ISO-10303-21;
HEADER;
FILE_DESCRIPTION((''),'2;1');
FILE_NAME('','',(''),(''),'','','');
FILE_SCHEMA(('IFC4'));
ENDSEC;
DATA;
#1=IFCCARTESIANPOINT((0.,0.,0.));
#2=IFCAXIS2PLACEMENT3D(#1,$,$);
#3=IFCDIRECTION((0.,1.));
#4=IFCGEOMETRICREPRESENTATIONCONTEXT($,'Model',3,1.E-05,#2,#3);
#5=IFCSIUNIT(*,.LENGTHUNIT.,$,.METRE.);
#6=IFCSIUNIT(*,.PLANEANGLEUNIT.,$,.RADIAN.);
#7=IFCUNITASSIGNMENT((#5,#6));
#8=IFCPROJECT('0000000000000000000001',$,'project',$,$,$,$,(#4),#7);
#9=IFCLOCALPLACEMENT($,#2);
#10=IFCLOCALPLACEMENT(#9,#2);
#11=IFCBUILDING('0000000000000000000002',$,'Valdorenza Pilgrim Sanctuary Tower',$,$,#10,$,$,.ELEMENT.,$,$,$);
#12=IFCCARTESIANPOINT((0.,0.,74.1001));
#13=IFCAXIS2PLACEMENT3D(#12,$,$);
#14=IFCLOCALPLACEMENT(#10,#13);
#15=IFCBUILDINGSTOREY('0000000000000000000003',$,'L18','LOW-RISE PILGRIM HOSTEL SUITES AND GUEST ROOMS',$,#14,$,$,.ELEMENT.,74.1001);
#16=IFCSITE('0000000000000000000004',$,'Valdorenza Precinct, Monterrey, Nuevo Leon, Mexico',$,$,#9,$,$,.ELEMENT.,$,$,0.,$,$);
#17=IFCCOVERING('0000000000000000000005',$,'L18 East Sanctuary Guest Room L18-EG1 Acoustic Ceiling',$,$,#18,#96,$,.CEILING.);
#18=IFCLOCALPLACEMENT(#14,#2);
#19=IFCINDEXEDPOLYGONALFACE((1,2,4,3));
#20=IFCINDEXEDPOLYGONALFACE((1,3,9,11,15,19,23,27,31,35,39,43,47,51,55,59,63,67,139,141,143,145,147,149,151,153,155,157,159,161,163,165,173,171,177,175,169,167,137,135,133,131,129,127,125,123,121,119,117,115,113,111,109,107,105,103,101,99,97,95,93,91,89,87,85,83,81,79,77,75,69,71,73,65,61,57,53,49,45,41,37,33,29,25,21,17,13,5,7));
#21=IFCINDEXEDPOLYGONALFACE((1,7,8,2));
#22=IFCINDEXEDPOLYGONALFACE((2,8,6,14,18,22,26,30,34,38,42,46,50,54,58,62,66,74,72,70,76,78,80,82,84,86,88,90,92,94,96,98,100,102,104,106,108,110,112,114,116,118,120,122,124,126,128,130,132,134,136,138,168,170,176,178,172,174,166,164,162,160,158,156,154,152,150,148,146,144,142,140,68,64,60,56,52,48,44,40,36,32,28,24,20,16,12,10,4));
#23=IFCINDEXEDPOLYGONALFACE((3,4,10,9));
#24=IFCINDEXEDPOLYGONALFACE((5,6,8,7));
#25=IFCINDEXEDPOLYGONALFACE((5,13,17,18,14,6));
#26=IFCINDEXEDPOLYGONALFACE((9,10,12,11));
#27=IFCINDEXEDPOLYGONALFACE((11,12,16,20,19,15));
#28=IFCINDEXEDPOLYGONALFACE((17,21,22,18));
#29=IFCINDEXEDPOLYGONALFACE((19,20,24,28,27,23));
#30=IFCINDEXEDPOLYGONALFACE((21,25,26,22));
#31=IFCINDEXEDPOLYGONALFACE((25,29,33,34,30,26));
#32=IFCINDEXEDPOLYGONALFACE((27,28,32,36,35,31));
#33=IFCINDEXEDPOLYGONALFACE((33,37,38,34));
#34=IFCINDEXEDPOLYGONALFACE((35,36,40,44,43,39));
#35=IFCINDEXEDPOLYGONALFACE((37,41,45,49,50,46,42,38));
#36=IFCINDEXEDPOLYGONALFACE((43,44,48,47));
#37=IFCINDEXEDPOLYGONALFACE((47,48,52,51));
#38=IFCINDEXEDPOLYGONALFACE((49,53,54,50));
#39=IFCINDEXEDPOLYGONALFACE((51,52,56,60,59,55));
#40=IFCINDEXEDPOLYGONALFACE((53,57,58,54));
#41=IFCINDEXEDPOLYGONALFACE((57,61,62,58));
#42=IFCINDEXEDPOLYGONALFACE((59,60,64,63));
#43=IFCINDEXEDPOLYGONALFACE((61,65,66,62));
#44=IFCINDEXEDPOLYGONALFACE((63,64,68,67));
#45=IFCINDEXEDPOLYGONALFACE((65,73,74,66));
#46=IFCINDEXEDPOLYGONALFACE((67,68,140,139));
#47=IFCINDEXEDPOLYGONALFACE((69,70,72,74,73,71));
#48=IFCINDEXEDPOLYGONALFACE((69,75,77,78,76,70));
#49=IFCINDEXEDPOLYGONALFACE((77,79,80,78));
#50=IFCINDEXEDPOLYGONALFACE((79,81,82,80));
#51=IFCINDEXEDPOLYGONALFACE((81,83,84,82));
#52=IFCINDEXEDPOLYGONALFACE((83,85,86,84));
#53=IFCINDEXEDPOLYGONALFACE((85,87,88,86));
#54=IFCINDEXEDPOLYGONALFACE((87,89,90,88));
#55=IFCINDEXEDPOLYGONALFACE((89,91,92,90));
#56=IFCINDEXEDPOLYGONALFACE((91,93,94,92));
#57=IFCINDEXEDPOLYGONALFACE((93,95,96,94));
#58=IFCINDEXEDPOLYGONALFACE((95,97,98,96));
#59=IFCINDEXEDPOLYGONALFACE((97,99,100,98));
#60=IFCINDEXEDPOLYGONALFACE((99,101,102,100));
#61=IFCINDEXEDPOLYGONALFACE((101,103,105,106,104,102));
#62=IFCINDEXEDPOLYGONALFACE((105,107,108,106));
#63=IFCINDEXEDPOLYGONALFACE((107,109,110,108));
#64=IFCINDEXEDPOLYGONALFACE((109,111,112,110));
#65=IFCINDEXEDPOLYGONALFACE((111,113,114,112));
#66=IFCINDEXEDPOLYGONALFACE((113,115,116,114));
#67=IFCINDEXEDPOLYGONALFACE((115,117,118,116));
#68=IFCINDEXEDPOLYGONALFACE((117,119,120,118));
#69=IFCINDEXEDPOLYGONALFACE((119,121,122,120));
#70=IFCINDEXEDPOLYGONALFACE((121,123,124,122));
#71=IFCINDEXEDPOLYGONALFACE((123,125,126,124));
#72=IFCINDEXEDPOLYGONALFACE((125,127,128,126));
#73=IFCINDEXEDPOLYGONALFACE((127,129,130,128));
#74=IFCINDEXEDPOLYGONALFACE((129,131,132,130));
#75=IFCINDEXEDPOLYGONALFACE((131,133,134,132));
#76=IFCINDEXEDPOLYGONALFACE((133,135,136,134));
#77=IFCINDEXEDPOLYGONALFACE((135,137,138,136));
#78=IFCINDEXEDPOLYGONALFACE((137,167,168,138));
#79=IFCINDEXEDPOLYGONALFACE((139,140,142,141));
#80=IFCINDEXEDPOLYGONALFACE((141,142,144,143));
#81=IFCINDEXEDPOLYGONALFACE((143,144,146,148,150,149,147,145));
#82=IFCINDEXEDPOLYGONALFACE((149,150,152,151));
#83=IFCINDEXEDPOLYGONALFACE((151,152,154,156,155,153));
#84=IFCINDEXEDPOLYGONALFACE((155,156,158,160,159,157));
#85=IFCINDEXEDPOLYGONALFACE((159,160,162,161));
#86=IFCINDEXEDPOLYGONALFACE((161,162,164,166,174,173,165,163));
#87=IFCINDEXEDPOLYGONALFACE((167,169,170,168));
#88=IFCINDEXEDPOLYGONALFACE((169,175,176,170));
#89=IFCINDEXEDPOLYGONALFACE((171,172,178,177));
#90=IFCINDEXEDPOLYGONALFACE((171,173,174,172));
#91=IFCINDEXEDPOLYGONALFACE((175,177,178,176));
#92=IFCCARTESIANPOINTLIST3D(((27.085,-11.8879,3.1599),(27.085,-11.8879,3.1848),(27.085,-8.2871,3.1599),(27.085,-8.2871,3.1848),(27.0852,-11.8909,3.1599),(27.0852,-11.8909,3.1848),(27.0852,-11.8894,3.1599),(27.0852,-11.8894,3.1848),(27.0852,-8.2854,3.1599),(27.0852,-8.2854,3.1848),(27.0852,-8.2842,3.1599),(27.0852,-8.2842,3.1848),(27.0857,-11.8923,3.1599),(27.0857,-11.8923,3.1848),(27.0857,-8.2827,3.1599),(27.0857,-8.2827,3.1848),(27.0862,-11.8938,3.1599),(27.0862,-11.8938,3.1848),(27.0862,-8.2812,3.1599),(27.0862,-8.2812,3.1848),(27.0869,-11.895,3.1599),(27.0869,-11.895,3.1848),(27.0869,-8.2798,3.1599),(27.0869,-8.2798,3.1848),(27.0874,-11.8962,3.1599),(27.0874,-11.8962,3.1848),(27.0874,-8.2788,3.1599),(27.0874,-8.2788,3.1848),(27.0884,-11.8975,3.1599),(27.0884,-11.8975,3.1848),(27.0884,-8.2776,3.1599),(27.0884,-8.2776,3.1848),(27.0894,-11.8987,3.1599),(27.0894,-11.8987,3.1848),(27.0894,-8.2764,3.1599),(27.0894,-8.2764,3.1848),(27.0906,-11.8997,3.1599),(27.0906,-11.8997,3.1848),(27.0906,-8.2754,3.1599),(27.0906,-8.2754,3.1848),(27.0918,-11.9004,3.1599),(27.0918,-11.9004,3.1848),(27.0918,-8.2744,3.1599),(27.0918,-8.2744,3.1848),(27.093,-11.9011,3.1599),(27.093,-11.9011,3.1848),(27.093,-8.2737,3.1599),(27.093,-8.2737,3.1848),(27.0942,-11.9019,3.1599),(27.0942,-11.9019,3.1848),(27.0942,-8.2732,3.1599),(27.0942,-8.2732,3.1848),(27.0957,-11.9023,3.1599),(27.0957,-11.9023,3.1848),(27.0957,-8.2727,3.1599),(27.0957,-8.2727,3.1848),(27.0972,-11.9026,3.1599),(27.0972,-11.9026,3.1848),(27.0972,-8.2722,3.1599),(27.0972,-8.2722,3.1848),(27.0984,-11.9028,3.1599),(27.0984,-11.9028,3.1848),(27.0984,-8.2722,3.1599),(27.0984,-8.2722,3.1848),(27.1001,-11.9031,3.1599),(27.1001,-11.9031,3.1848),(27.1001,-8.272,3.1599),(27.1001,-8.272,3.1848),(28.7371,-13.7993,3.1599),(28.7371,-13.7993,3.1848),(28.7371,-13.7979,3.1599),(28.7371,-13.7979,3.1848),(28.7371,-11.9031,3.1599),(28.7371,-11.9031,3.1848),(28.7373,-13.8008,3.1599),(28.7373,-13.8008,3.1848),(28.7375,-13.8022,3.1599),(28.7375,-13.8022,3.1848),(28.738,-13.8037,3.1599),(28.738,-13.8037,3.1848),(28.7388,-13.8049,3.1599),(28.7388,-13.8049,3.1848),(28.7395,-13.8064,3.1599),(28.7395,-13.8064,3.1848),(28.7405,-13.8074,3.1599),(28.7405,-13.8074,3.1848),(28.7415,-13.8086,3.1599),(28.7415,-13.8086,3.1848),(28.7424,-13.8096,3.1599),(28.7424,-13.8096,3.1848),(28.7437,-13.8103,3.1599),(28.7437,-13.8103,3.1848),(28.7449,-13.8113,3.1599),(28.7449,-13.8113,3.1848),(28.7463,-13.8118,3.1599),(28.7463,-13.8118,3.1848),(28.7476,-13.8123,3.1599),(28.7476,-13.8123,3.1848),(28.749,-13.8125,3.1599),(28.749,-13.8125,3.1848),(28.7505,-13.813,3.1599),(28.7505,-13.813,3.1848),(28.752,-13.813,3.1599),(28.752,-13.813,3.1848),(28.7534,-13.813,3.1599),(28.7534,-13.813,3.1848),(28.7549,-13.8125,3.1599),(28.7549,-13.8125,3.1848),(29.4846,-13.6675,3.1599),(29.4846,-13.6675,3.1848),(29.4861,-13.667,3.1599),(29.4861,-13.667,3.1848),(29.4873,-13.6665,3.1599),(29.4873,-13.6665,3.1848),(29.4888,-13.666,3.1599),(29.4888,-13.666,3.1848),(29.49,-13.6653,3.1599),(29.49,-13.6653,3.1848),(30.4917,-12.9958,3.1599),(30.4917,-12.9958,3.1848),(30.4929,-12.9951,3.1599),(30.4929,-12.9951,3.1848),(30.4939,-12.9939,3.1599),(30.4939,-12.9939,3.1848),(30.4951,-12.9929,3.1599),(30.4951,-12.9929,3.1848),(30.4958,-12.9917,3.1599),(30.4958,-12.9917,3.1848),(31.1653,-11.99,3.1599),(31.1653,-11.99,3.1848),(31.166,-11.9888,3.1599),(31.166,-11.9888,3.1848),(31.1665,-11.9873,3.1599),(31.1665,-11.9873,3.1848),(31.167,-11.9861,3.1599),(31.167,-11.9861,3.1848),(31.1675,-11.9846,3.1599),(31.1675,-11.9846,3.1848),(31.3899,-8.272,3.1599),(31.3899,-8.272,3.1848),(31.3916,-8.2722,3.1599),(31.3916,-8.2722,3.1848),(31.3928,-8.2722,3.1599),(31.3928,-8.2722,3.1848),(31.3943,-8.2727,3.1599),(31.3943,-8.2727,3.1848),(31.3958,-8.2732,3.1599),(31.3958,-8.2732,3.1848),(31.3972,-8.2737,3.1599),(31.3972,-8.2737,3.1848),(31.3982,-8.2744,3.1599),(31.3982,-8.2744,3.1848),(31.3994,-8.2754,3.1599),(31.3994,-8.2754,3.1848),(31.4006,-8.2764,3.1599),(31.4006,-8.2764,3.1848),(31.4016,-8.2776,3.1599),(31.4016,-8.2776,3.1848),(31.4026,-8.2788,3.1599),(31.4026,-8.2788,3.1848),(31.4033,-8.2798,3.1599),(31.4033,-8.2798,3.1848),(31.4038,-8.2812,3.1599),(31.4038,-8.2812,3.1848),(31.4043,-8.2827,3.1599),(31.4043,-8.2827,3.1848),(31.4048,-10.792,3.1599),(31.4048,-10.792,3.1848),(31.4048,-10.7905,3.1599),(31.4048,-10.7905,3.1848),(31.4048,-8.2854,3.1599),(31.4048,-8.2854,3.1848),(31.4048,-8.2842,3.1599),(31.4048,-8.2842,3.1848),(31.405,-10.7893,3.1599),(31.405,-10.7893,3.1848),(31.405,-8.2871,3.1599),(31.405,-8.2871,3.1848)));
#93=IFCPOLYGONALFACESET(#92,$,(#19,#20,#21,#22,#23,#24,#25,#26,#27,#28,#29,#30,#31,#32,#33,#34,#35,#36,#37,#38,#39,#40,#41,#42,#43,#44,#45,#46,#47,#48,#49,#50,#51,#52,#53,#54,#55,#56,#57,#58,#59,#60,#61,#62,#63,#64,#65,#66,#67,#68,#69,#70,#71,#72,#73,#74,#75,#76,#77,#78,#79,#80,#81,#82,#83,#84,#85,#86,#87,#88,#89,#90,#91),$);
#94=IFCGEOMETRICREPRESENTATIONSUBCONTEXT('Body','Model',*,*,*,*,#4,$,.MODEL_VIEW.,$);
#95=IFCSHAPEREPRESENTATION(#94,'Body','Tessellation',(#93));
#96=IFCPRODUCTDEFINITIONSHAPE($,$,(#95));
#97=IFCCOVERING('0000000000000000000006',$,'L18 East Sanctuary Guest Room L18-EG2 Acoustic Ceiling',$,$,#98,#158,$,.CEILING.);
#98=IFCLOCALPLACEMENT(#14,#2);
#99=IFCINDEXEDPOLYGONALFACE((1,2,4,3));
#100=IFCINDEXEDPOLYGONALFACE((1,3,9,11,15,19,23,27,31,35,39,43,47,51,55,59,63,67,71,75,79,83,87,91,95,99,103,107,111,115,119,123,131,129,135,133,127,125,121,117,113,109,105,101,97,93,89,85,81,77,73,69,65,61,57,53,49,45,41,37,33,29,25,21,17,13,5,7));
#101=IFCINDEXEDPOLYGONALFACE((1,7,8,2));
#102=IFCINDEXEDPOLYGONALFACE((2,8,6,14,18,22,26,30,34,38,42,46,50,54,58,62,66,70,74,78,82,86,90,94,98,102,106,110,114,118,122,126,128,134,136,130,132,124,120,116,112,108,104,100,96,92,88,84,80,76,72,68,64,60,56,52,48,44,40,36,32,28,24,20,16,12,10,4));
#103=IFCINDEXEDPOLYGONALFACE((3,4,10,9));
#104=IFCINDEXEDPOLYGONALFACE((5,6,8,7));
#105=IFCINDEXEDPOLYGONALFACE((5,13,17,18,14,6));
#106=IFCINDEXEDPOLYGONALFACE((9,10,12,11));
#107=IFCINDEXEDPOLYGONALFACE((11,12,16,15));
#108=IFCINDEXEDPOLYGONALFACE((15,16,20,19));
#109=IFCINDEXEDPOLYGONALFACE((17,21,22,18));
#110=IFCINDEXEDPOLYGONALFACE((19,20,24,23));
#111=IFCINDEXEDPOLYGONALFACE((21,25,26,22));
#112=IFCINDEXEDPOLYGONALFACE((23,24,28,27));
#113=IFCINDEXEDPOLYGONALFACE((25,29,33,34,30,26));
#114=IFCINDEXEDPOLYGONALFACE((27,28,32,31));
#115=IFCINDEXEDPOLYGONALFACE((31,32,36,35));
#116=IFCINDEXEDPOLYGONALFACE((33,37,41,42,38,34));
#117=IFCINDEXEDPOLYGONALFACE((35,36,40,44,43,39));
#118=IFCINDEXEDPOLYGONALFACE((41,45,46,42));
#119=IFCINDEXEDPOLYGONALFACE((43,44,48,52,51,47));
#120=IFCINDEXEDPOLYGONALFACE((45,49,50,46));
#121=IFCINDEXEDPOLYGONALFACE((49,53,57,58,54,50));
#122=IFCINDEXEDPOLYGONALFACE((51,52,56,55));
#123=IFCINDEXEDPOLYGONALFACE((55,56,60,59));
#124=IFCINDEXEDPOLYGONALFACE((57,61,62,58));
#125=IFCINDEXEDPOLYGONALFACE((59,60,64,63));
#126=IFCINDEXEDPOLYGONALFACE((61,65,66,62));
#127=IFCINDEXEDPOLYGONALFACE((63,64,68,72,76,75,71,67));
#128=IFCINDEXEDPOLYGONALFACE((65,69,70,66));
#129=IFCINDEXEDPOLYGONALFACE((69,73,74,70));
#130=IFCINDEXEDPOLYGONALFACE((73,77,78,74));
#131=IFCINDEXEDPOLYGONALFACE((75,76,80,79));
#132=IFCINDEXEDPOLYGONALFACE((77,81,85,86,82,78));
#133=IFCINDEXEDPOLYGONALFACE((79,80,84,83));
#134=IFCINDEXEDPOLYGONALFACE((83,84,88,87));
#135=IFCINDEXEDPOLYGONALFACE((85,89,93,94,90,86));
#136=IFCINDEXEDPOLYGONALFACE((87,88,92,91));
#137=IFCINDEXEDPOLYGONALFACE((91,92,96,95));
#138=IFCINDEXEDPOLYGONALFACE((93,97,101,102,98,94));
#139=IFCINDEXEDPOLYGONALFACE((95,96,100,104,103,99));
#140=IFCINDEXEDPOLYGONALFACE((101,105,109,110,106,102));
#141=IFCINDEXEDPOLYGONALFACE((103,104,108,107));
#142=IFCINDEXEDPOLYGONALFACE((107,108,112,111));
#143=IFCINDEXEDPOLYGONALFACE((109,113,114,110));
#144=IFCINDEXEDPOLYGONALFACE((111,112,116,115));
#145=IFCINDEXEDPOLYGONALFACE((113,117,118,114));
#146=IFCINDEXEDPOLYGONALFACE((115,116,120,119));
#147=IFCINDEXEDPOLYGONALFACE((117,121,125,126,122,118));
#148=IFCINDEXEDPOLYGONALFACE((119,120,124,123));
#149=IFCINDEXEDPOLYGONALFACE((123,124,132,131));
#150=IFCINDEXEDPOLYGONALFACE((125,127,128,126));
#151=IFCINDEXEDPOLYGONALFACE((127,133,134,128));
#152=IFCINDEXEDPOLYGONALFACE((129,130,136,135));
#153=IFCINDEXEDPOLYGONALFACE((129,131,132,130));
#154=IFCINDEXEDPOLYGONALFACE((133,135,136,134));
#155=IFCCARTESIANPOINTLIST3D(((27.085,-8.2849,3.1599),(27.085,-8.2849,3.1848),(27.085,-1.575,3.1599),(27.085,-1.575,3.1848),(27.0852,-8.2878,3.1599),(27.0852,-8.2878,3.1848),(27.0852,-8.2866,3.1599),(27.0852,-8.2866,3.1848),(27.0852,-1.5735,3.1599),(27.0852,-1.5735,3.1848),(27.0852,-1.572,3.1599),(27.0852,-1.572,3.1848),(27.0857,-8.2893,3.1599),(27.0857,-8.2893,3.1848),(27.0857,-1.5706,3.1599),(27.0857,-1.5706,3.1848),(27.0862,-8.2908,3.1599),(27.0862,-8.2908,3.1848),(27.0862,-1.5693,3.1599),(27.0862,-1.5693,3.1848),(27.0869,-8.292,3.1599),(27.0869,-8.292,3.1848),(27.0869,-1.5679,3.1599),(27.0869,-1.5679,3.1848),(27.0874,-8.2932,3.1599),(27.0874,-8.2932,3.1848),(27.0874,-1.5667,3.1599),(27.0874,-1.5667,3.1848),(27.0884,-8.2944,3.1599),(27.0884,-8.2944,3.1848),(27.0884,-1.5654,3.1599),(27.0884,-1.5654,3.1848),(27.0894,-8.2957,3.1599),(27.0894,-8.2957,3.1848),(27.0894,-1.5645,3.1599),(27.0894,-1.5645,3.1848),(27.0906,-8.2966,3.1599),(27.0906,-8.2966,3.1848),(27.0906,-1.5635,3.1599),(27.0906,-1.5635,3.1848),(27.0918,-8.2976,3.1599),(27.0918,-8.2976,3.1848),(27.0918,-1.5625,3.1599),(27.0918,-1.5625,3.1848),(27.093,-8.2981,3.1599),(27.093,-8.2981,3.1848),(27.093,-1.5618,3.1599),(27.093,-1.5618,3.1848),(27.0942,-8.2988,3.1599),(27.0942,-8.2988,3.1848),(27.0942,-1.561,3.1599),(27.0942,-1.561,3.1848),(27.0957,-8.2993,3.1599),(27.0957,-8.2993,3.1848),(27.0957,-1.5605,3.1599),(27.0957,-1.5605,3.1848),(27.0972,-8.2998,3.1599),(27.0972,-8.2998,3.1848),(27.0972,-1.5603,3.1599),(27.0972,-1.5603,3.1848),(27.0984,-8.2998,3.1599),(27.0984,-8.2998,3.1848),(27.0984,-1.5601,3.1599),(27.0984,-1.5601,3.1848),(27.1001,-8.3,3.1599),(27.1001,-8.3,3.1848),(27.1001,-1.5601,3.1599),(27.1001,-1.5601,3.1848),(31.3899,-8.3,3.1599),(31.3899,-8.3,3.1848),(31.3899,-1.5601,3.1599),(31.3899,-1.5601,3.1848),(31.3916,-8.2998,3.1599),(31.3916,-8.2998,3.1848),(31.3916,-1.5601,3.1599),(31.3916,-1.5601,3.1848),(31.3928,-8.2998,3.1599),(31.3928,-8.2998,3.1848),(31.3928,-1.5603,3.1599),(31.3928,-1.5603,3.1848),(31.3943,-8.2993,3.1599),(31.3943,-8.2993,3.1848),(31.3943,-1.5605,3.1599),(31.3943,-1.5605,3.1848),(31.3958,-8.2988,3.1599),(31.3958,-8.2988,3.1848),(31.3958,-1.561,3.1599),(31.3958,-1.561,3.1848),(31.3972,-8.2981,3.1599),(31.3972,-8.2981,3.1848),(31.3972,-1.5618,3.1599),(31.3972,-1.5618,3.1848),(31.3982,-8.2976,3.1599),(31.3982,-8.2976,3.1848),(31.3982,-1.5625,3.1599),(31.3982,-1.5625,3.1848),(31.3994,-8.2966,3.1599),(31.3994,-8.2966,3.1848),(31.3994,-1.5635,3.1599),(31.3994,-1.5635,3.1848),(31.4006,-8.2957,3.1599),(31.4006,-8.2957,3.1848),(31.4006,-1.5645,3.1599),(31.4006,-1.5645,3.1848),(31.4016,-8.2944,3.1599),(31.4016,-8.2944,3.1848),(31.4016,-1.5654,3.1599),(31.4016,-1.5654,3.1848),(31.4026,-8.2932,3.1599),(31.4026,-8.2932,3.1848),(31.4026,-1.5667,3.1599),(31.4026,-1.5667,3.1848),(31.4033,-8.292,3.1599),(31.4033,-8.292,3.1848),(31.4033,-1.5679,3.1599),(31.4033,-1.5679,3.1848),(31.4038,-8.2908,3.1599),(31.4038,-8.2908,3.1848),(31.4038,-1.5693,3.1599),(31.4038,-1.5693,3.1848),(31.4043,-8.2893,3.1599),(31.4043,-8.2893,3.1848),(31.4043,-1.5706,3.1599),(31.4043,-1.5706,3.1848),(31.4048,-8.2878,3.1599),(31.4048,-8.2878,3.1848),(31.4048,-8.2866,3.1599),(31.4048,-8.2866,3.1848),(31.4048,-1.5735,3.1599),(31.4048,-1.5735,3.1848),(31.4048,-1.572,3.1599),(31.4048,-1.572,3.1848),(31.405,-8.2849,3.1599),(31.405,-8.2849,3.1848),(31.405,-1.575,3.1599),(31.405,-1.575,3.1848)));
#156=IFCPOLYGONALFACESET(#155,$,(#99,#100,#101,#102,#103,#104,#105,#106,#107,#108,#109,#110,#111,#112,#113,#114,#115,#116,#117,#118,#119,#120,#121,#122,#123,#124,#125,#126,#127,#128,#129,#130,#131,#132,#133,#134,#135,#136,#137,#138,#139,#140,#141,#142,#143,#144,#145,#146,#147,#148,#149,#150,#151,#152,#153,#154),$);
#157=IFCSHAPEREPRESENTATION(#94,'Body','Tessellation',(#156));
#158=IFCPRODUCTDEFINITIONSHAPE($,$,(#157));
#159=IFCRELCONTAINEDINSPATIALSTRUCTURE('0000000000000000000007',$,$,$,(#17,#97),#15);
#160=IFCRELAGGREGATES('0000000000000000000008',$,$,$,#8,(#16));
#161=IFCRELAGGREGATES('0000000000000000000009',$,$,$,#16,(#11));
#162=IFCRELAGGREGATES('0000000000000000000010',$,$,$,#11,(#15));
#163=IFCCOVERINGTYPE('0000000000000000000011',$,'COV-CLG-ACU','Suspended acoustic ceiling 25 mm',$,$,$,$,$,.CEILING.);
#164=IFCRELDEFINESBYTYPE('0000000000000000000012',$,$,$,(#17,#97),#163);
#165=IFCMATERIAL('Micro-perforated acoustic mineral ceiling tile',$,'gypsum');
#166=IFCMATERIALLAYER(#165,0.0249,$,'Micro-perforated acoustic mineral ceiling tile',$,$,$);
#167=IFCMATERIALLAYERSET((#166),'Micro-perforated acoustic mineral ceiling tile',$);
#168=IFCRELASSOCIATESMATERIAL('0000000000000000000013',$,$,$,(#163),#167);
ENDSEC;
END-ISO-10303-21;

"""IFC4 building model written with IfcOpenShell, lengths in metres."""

from ifc_helpers import new_model, si_unit, direction, frame, origin, place, context, subcontext, project, spatial, polyline, outline, extrude, material, layer, layer_set, type_object, element, save


model = new_model("IFC4")

# Units and contexts
model_context = context("Model", 3, precision=1e-05, world=origin(), true_north=direction((0.0, 1.0)))
body_context = subcontext(model_context, "Body", "Model", "MODEL_VIEW")
ifc_project = project(units=[si_unit("LENGTHUNIT", "METRE"), si_unit("PLANEANGLEUNIT", "RADIAN")], contexts=[model_context])

# Site, building, storey
site_placement = place(None, origin())
site = spatial("IfcSite", under=ifc_project, at=site_placement, Name="Valdorenza Precinct, Monterrey, Nuevo Leon, Mexico", CompositionType="ELEMENT", RefElevation=0.0)
building_placement = place(site_placement, origin())
building = spatial("IfcBuilding", under=site, at=building_placement, Name="Valdorenza Pilgrim Sanctuary Tower", CompositionType="ELEMENT")
storey_placement = place(building_placement, frame((0.0, 0.0, 74.1001)))
storey = spatial("IfcBuildingStorey", under=building, at=storey_placement, Name="L18", Description="LOW-RISE PILGRIM HOSTEL SUITES AND GUEST ROOMS", CompositionType="ELEMENT", Elevation=74.1001)

# Coverings
ifc_material_1 = material(Name="Micro-perforated acoustic mineral ceiling tile", Category="gypsum")
ifc_layer_1 = layer(ifc_material_1, 0.0249, Name="Micro-perforated acoustic mineral ceiling tile")
ifc_layer_set_1 = layer_set([ifc_layer_1], Name="Micro-perforated acoustic mineral ceiling tile")
covering_type_1 = type_object("IfcCoveringType", Name="COV-CLG-ACU", Description="Suspended acoustic ceiling 25 mm", PredefinedType="CEILING", material=ifc_layer_set_1)
covering_1_placement = place(storey_placement, frame((0.0, 0.0, 3.1599)))
element("IfcCovering", 1, at=covering_1_placement, inside=storey, type_object=covering_type_1, Name="L18 East Sanctuary Guest Room L18-EG1 Acoustic Ceiling", PredefinedType="CEILING", context=body_context, shape_type="SweptSolid", body=[
    extrude(outline(polyline([(28.7371, -11.9031), (27.1001, -11.9031), (27.0984, -11.9028), (27.0972, -11.9026), (27.0957, -11.9023), (27.0942, -11.9019), (27.093, -11.9011), (27.0918, -11.9004), (27.0906, -11.8997), (27.0894, -11.8987), (27.0884, -11.8975), (27.0874, -11.8962), (27.0869, -11.895), (27.0862, -11.8938), (27.0857, -11.8923), (27.0852, -11.8909), (27.0852, -11.8894), (27.085, -11.8879), (27.085, -8.2871), (27.0852, -8.2854), (27.0852, -8.2842), (27.0857, -8.2827), (27.0862, -8.2812), (27.0869, -8.2798), (27.0874, -8.2788), (27.0884, -8.2776), (27.0894, -8.2764), (27.0906, -8.2754), (27.0918, -8.2744), (27.093, -8.2737), (27.0942, -8.2732), (27.0957, -8.2727), (27.0972, -8.2722), (27.0984, -8.2722), (27.1001, -8.272), (31.3899, -8.272), (31.3916, -8.2722), (31.3928, -8.2722), (31.3943, -8.2727), (31.3958, -8.2732), (31.3972, -8.2737), (31.3982, -8.2744), (31.3994, -8.2754), (31.4006, -8.2764), (31.4016, -8.2776), (31.4026, -8.2788), (31.4033, -8.2798), (31.4038, -8.2812), (31.4043, -8.2827), (31.4048, -8.2842), (31.4048, -8.2854), (31.405, -8.2871), (31.405, -10.7893), (31.4048, -10.7905), (31.4048, -10.792), (31.1675, -11.9846), (31.167, -11.9861), (31.1665, -11.9873), (31.166, -11.9888), (31.1653, -11.99), (30.4958, -12.9917), (30.4951, -12.9929), (30.4939, -12.9939), (30.4929, -12.9951), (30.4917, -12.9958), (29.49, -13.6653), (29.4888, -13.666), (29.4873, -13.6665), (29.4861, -13.667), (29.4846, -13.6675), (28.7549, -13.8125), (28.7534, -13.813), (28.752, -13.813), (28.7505, -13.813), (28.749, -13.8125), (28.7476, -13.8123), (28.7463, -13.8118), (28.7449, -13.8113), (28.7437, -13.8103), (28.7424, -13.8096), (28.7415, -13.8086), (28.7405, -13.8074), (28.7395, -13.8064), (28.7388, -13.8049), (28.738, -13.8037), (28.7375, -13.8022), (28.7373, -13.8008), (28.7371, -13.7993), (28.7371, -13.7979), (28.7371, -11.9031)])), origin(), (0.0, 0.0, 1.0), 0.0249),
])
covering_2_placement = place(storey_placement, frame((0.0, 0.0, 3.1599)))
element("IfcCovering", 2, at=covering_2_placement, inside=storey, type_object=covering_type_1, Name="L18 East Sanctuary Guest Room L18-EG2 Acoustic Ceiling", PredefinedType="CEILING", context=body_context, shape_type="SweptSolid", body=[
    extrude(outline(polyline([(31.3899, -1.5601), (31.3916, -1.5601), (31.3928, -1.5603), (31.3943, -1.5605), (31.3958, -1.561), (31.3972, -1.5618), (31.3982, -1.5625), (31.3994, -1.5635), (31.4006, -1.5645), (31.4016, -1.5654), (31.4026, -1.5667), (31.4033, -1.5679), (31.4038, -1.5693), (31.4043, -1.5706), (31.4048, -1.572), (31.4048, -1.5735), (31.405, -1.575), (31.405, -8.2849), (31.4048, -8.2866), (31.4048, -8.2878), (31.4043, -8.2893), (31.4038, -8.2908), (31.4033, -8.292), (31.4026, -8.2932), (31.4016, -8.2944), (31.4006, -8.2957), (31.3994, -8.2966), (31.3982, -8.2976), (31.3972, -8.2981), (31.3958, -8.2988), (31.3943, -8.2993), (31.3928, -8.2998), (31.3916, -8.2998), (31.3899, -8.3), (27.1001, -8.3), (27.0984, -8.2998), (27.0972, -8.2998), (27.0957, -8.2993), (27.0942, -8.2988), (27.093, -8.2981), (27.0918, -8.2976), (27.0906, -8.2966), (27.0894, -8.2957), (27.0884, -8.2944), (27.0874, -8.2932), (27.0869, -8.292), (27.0862, -8.2908), (27.0857, -8.2893), (27.0852, -8.2878), (27.0852, -8.2866), (27.085, -8.2849), (27.085, -1.575), (27.0852, -1.5735), (27.0852, -1.572), (27.0857, -1.5706), (27.0862, -1.5693), (27.0869, -1.5679), (27.0874, -1.5667), (27.0884, -1.5654), (27.0894, -1.5645), (27.0906, -1.5635), (27.0918, -1.5625), (27.093, -1.5618), (27.0942, -1.561), (27.0957, -1.5605), (27.0972, -1.5603), (27.0984, -1.5601), (27.1001, -1.5601), (31.3899, -1.5601)])), origin(), (0.0, 0.0, 1.0), 0.0249),
])

save(model, "model.ifc")
